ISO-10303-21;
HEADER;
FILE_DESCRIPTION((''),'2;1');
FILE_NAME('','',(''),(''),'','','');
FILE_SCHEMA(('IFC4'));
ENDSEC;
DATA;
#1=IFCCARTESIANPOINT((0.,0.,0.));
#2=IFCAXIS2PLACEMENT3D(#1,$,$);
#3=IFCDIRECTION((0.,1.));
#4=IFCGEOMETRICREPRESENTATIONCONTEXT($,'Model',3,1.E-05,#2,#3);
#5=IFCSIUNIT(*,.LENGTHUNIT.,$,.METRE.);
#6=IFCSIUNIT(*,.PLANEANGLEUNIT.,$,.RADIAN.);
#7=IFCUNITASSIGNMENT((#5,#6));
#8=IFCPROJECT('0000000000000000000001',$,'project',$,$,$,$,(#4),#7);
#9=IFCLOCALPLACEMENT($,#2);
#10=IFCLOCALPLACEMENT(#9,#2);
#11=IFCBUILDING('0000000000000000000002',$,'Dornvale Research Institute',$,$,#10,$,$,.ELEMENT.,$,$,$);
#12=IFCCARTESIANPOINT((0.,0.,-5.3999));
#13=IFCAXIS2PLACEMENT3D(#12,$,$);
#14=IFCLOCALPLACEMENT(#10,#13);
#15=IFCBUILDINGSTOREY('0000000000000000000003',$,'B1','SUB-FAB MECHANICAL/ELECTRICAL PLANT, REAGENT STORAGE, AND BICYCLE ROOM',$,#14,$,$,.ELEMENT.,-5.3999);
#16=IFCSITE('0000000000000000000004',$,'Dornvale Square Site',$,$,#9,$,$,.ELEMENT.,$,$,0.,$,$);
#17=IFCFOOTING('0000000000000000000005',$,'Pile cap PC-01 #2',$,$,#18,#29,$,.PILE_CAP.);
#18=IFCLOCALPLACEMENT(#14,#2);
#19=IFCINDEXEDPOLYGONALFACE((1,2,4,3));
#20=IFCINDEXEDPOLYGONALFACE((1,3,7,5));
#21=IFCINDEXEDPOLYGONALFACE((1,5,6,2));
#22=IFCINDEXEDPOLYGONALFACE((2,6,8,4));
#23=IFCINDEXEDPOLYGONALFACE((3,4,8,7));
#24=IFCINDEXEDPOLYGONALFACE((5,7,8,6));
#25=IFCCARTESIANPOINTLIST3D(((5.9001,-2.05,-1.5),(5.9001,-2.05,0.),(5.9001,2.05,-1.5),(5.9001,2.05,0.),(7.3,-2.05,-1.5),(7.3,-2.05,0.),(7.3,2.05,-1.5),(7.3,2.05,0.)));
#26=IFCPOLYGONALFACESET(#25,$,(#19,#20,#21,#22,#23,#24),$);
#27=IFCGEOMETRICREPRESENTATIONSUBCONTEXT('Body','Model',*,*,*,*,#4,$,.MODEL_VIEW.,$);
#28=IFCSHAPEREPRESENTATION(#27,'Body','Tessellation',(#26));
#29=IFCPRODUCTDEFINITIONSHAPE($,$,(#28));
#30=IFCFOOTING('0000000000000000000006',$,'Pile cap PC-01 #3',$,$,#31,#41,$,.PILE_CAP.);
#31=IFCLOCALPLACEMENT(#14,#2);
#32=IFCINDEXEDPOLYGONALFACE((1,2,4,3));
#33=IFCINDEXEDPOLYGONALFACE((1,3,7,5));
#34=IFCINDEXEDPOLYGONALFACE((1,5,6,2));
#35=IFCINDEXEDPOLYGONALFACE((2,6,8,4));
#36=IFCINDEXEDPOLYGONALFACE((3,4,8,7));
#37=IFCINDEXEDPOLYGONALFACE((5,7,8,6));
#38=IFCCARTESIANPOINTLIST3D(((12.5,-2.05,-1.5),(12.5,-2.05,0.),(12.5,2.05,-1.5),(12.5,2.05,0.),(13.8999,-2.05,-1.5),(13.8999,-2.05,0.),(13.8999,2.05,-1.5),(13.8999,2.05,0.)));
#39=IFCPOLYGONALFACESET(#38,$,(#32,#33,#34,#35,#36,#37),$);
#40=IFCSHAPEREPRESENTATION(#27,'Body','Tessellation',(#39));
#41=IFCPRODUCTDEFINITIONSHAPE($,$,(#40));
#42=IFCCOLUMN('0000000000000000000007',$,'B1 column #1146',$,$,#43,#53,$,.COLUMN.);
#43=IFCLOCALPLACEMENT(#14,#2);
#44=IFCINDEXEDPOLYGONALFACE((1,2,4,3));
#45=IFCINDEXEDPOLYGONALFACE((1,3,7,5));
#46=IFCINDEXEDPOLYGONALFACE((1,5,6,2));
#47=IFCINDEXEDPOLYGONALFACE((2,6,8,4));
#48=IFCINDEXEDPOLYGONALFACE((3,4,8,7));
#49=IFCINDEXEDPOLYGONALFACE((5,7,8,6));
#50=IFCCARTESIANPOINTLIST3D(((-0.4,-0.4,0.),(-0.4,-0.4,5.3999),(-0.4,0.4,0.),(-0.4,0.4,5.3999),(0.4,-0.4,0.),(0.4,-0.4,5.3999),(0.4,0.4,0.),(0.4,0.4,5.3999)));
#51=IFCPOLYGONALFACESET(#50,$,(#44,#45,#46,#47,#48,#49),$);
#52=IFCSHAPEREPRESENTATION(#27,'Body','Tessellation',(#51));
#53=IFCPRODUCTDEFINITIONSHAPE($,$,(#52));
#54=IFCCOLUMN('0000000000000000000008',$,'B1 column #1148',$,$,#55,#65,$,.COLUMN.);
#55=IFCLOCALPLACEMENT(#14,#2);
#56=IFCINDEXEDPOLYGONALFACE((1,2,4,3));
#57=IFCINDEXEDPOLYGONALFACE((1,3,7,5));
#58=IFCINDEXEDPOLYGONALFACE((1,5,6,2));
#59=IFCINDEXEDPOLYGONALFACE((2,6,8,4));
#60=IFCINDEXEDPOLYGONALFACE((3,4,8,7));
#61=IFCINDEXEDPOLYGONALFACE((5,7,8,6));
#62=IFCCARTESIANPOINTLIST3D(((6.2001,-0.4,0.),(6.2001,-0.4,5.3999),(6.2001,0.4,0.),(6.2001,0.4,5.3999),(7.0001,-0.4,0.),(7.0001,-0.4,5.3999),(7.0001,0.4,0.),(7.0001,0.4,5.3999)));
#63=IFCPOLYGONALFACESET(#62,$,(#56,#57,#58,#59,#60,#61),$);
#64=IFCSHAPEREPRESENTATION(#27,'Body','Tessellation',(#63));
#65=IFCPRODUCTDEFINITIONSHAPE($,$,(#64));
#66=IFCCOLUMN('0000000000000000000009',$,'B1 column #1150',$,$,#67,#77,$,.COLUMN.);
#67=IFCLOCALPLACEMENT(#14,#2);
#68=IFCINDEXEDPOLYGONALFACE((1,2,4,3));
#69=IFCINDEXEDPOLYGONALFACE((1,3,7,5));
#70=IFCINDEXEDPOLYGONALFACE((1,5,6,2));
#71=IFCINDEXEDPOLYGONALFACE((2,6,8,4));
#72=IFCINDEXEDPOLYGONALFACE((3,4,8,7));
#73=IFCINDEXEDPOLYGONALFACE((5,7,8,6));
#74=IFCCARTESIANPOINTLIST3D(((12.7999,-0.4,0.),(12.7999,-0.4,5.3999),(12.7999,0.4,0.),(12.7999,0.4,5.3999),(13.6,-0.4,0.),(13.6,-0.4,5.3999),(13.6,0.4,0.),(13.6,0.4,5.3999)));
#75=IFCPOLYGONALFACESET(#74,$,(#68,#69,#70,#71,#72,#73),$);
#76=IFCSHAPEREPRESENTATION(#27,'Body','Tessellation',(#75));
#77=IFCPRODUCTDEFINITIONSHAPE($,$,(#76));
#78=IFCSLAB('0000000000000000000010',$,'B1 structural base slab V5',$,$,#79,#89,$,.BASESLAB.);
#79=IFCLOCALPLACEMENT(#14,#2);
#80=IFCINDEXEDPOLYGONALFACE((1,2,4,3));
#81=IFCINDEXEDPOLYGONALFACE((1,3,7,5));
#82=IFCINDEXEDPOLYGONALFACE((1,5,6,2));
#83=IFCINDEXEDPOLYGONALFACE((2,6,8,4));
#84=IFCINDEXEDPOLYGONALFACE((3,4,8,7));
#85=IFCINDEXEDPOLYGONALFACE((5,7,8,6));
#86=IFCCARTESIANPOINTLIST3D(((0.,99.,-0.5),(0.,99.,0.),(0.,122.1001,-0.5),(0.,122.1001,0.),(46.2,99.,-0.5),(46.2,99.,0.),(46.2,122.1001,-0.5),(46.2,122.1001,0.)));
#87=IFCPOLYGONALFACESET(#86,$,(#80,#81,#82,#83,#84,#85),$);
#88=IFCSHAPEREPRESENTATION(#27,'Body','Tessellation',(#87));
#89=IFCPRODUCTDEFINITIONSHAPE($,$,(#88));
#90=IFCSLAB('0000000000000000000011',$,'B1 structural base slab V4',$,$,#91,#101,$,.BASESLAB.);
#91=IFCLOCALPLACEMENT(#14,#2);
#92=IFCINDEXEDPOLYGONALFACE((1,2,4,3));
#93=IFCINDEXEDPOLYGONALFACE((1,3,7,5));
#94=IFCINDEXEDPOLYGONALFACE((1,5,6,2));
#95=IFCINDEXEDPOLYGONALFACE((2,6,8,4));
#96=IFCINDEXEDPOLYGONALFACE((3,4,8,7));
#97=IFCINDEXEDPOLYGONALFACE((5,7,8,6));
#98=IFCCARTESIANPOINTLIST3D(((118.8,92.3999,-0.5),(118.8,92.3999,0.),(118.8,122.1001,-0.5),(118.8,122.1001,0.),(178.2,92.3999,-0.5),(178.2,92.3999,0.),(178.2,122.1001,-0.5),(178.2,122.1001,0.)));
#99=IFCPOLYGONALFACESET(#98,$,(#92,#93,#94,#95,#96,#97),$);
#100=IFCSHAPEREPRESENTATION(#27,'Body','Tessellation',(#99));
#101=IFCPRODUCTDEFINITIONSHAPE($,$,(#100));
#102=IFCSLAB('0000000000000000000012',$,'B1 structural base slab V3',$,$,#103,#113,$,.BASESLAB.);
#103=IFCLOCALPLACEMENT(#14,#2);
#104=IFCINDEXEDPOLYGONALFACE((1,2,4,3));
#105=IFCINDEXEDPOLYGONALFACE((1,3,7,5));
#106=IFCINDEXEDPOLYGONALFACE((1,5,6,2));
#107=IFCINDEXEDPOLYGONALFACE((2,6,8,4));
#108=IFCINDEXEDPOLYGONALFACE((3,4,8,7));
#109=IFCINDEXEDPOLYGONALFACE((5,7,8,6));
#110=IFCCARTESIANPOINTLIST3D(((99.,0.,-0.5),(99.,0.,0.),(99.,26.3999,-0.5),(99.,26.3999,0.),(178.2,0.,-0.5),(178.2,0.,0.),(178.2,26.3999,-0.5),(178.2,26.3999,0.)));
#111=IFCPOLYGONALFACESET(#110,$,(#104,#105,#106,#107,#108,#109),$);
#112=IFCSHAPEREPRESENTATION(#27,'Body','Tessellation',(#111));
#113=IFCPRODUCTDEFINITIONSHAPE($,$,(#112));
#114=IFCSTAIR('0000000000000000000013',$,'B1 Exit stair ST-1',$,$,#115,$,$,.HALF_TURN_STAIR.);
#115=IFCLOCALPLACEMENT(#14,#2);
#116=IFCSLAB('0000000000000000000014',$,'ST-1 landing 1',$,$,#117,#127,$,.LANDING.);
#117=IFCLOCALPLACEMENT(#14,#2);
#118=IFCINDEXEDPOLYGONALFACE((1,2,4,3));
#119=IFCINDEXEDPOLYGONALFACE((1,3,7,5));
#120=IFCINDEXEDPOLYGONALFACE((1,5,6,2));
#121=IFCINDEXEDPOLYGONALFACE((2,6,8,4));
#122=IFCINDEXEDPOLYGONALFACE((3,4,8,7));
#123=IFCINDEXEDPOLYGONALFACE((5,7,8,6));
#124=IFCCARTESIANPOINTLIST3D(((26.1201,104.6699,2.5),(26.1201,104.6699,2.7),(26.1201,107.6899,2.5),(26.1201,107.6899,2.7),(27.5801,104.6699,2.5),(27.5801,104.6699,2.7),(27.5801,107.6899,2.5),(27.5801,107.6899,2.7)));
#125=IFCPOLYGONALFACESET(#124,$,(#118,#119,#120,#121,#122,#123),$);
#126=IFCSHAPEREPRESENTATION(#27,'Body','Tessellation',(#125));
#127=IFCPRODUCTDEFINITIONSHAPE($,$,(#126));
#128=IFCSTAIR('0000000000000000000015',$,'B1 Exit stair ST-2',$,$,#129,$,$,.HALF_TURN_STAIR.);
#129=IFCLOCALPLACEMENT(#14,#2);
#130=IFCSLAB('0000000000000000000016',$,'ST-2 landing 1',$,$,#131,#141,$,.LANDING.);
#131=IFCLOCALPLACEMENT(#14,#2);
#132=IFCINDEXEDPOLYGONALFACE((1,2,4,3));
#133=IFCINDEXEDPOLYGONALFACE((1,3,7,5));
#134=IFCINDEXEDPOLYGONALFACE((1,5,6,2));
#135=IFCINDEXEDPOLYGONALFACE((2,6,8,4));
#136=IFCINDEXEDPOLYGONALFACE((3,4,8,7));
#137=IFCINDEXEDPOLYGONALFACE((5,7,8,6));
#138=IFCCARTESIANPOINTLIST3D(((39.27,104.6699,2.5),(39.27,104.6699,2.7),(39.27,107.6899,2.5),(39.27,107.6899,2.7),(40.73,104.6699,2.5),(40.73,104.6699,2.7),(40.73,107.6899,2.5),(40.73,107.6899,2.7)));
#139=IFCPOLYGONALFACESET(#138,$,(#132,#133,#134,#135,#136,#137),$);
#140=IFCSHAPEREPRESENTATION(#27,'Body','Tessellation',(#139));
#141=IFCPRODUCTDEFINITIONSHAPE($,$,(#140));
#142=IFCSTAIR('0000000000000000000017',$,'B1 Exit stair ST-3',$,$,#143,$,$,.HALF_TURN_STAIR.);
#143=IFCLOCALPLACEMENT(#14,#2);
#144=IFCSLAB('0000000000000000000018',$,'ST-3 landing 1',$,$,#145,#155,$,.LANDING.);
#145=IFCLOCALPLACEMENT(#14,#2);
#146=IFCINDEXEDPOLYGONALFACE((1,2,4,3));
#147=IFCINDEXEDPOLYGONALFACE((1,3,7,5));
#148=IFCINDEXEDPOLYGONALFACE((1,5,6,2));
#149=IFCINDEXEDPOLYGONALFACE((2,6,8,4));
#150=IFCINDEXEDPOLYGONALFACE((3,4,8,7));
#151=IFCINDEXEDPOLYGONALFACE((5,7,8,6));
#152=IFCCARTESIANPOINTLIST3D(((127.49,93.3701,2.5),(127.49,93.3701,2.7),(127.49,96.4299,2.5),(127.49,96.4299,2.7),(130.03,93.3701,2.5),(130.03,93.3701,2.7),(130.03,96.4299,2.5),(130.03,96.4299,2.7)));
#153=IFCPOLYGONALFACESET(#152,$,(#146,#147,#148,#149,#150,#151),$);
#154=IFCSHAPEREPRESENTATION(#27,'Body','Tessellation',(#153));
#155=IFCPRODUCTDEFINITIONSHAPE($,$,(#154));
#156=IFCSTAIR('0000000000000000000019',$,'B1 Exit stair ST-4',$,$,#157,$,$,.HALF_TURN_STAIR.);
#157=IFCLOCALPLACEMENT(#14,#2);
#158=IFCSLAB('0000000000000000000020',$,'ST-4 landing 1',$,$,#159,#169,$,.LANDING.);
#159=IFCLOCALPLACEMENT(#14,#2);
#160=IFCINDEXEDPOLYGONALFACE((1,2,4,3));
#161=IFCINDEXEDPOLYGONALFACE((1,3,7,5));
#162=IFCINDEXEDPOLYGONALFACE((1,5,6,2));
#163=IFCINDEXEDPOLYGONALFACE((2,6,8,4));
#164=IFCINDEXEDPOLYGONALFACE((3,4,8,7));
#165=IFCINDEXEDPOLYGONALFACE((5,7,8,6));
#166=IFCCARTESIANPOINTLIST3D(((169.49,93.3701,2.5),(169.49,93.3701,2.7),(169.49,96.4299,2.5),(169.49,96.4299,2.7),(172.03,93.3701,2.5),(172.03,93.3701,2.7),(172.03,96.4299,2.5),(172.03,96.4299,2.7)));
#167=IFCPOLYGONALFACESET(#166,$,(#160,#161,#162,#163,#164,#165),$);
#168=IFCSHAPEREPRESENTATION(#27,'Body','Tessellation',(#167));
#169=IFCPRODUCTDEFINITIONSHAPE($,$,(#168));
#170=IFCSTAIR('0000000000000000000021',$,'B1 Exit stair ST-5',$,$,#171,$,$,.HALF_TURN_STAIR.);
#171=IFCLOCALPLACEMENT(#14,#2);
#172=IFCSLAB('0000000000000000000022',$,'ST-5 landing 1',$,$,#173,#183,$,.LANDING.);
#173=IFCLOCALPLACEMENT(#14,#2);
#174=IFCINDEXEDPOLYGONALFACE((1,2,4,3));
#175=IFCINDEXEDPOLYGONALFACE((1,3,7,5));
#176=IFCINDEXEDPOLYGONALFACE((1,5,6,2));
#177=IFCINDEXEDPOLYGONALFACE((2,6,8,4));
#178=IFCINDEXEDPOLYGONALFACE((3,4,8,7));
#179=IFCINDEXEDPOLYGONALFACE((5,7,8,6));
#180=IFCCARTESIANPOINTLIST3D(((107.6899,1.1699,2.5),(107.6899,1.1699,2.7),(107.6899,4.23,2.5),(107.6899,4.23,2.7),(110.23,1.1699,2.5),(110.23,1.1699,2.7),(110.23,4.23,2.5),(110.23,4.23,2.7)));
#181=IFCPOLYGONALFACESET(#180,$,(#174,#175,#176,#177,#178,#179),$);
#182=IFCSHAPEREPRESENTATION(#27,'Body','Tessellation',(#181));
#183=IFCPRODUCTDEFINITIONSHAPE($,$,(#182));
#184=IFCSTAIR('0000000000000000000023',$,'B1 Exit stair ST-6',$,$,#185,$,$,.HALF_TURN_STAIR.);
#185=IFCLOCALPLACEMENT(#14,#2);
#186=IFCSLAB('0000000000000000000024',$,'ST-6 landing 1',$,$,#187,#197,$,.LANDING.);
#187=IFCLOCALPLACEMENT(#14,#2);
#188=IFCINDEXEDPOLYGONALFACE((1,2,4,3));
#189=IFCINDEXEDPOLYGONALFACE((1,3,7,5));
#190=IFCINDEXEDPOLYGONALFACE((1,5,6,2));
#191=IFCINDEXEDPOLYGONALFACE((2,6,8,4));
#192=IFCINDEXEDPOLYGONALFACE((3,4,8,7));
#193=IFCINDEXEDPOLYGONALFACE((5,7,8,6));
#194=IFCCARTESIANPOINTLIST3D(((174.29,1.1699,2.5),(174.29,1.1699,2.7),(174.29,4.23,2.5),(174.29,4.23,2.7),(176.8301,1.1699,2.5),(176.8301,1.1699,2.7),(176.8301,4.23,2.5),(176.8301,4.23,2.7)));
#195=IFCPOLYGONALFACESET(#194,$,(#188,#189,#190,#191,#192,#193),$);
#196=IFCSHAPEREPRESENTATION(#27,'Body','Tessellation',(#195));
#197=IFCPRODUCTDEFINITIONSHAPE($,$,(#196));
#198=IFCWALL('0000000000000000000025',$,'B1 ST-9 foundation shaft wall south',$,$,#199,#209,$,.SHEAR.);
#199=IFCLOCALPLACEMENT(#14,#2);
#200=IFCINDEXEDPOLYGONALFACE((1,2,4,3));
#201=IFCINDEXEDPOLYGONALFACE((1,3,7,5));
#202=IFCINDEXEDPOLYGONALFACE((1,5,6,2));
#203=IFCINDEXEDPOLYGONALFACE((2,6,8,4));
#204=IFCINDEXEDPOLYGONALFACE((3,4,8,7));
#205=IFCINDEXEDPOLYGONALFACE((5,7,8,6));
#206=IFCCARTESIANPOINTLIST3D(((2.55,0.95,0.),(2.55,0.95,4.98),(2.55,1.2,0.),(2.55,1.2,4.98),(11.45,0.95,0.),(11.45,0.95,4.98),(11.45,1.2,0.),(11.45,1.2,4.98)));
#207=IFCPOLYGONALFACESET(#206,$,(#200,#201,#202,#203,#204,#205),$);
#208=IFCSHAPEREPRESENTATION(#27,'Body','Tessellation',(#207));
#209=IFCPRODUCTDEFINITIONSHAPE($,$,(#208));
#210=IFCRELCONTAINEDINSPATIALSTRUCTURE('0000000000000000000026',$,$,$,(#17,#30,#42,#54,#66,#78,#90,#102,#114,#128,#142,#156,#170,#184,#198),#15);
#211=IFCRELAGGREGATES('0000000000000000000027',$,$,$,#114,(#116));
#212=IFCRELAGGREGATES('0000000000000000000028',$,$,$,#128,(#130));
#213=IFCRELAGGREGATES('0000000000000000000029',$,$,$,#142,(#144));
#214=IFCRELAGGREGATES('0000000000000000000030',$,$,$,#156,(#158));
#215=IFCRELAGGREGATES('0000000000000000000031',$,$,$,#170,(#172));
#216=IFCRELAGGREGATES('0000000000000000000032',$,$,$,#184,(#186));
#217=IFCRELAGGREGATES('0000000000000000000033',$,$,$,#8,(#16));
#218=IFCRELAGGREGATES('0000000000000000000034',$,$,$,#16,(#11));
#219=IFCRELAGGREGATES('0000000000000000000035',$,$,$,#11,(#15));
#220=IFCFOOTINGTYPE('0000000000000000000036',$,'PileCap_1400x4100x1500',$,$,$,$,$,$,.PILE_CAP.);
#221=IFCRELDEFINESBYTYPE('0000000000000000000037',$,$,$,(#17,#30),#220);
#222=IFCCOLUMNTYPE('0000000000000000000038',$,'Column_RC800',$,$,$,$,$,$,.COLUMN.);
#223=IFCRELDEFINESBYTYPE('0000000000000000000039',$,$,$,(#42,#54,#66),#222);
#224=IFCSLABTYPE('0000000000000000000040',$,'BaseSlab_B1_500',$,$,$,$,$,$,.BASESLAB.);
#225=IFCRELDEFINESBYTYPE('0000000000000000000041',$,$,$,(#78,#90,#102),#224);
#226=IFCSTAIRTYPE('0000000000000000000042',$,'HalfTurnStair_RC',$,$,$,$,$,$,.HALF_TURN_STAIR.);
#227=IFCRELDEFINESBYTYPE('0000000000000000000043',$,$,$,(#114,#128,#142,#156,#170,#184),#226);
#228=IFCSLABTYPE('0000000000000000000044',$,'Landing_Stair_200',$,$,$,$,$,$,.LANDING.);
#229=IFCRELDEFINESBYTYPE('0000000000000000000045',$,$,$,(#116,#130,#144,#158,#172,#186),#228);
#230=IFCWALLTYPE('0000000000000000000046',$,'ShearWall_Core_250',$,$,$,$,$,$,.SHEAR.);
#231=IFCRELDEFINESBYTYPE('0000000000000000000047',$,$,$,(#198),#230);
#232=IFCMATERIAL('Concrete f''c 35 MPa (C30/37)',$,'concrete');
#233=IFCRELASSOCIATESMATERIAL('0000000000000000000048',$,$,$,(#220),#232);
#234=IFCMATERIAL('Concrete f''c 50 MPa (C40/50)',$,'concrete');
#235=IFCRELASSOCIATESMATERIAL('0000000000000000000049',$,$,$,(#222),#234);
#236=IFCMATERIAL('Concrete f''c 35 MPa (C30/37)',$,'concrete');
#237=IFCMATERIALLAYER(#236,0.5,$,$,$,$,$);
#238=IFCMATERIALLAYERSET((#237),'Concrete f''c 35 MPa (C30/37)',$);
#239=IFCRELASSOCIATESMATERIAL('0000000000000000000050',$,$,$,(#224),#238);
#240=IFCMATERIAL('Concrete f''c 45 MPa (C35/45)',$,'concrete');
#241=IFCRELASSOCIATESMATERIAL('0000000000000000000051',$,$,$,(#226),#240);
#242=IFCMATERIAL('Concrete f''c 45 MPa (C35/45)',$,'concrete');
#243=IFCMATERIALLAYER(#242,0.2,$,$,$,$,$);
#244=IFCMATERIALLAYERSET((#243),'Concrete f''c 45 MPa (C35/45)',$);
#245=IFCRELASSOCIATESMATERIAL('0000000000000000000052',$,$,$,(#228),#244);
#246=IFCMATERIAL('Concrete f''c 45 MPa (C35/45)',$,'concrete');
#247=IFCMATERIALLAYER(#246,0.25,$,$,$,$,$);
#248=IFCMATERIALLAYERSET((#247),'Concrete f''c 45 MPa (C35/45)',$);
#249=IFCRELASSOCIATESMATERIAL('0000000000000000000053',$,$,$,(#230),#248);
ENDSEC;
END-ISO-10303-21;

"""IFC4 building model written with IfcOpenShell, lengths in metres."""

from ifc_helpers import new_model, si_unit, direction, frame, frame_2d, origin, origin_2d, place, context, subcontext, project, spatial, polyline, rectangle, outline, extrude, material, layer, layer_set, material_profile, profile_set, type_object, element, aggregate, save


model = new_model("IFC4")

# Units and contexts
model_context = context("Model", 3, precision=1e-05, world=origin(), true_north=direction((0.0, 1.0)))
body_context = subcontext(model_context, "Body", "Model", "MODEL_VIEW")
ifc_project = project(units=[si_unit("LENGTHUNIT", "METRE"), si_unit("PLANEANGLEUNIT", "RADIAN")], contexts=[model_context])

# Site, building, storey
site_placement = place(None, origin())
site = spatial("IfcSite", under=ifc_project, at=site_placement, Name="Dornvale Square Site", CompositionType="ELEMENT", RefElevation=0.0)
building_placement = place(site_placement, origin())
building = spatial("IfcBuilding", under=site, at=building_placement, Name="Dornvale Research Institute", CompositionType="ELEMENT")
storey_placement = place(building_placement, frame((0.0, 0.0, -5.3999)))
storey = spatial("IfcBuildingStorey", under=building, at=storey_placement, Name="B1", Description="SUB-FAB MECHANICAL/ELECTRICAL PLANT, REAGENT STORAGE, AND BICYCLE ROOM", CompositionType="ELEMENT", Elevation=-5.3999)

# Footings
ifc_material_1 = material(Name="Concrete f'c 35 MPa (C30/37)", Category="concrete")
footing_type_1 = type_object("IfcFootingType", Name="PileCap_1400x4100x1500", PredefinedType="PILE_CAP", material=ifc_material_1)
for number, where, z_axis, x_axis, name in (
    (1, (6.6001, 0.0, -1.5), (0.0, 0.0, 1.0), (1.0, 0.0, 0.0), "Pile cap PC-01 #2"),
    (2, (13.2, 0.0, -1.5), (0.0, 0.0, 1.0), (1.0, 0.0, 0.0), "Pile cap PC-01 #3"),
):
    element("IfcFooting", number, at=place(storey_placement, frame(where, z_axis=z_axis, x_axis=x_axis)), inside=storey, type_object=footing_type_1, Name=name, PredefinedType="PILE_CAP", context=body_context, shape_type="SweptSolid", body=[
        extrude(rectangle(XDim=1.3999, YDim=4.1001, at=origin_2d()), origin(), (0.0, 0.0, 1.0), 1.5),
    ])

# Columns
ifc_material_2 = material(Name="Concrete f'c 50 MPa (C40/50)", Category="concrete")
ifc_material_profile_1 = material_profile(ifc_material_2, rectangle(XDim=0.8, YDim=0.8, at=origin_2d()), Name="RC 800x800")
ifc_profile_set_1 = profile_set([ifc_material_profile_1], Name="Concrete f'c 50 MPa (C40/50)")
column_type = type_object("IfcColumnType", Name="Column_RC800", PredefinedType="COLUMN", material=ifc_profile_set_1)
for number, where, z_axis, x_axis, name in (
    (3, (0.0, 0.0, 0.0), (0.0, 0.0, 1.0), (1.0, 0.0, 0.0), "B1 column #1146"),
    (4, (6.6001, 0.0, 0.0), (0.0, 0.0, 1.0), (1.0, 0.0, 0.0), "B1 column #1148"),
    (5, (13.2, 0.0, 0.0), (0.0, 0.0, 1.0), (1.0, 0.0, 0.0), "B1 column #1150"),
):
    element("IfcColumn", number, at=place(storey_placement, frame(where, z_axis=z_axis, x_axis=x_axis)), inside=storey, type_object=column_type, Name=name, PredefinedType="COLUMN", context=body_context, shape_type="SweptSolid", body=[
        extrude(rectangle(XDim=0.8, YDim=0.8, at=origin_2d()), origin(), (0.0, 0.0, 1.0), 5.3999),
    ])

# Slabs
ifc_material_3 = material(Name="Concrete f'c 35 MPa (C30/37)", Category="concrete")
ifc_layer_1 = layer(ifc_material_3, 0.5)
ifc_layer_set_1 = layer_set([ifc_layer_1], Name="Concrete f'c 35 MPa (C30/37)")
slab_type_1 = type_object("IfcSlabType", Name="BaseSlab_B1_500", PredefinedType="BASESLAB", material=ifc_layer_set_1)
slab_1_placement = place(storey_placement, frame((0.0, 0.0, -0.5)))
element("IfcSlab", 6, at=slab_1_placement, inside=storey, type_object=slab_type_1, Name="B1 structural base slab V5", PredefinedType="BASESLAB", context=body_context, shape_type="SweptSolid", body=[
    extrude(outline(polyline([(0.0, 99.0), (46.2, 99.0), (46.2, 122.1001), (0.0, 122.1001), (0.0, 99.0)])), origin(), (0.0, 0.0, 1.0), 0.5),
])
slab_2_placement = place(storey_placement, frame((0.0, 0.0, -0.5)))
element("IfcSlab", 7, at=slab_2_placement, inside=storey, type_object=slab_type_1, Name="B1 structural base slab V4", PredefinedType="BASESLAB", context=body_context, shape_type="SweptSolid", body=[
    extrude(outline(polyline([(118.8, 92.3999), (178.2, 92.3999), (178.2, 122.1001), (118.8, 122.1001), (118.8, 92.3999)])), origin(), (0.0, 0.0, 1.0), 0.5),
])
slab_3_placement = place(storey_placement, frame((0.0, 0.0, -0.5)))
element("IfcSlab", 8, at=slab_3_placement, inside=storey, type_object=slab_type_1, Name="B1 structural base slab V3", PredefinedType="BASESLAB", context=body_context, shape_type="SweptSolid", body=[
    extrude(outline(polyline([(99.0, 0.0), (178.2, 0.0), (178.2, 26.3999), (99.0, 26.3999), (99.0, 0.0)])), origin(), (0.0, 0.0, 1.0), 0.5),
])

# Stairs, slabs
ifc_material_4 = material(Name="Concrete f'c 45 MPa (C35/45)", Category="concrete")
stair_type = type_object("IfcStairType", Name="HalfTurnStair_RC", PredefinedType="HALF_TURN_STAIR", material=ifc_material_4)
stair_1_placement = place(storey_placement, origin())
stair_1 = element("IfcStair", 9, at=stair_1_placement, inside=storey, type_object=stair_type, Name="B1 Exit stair ST-1", PredefinedType="HALF_TURN_STAIR")
ifc_material_5 = material(Name="Concrete f'c 45 MPa (C35/45)", Category="concrete")
ifc_layer_2 = layer(ifc_material_5, 0.2)
ifc_layer_set_2 = layer_set([ifc_layer_2], Name="Concrete f'c 45 MPa (C35/45)")
slab_type_2 = type_object("IfcSlabType", Name="Landing_Stair_200", PredefinedType="LANDING", material=ifc_layer_set_2)
slab_4_placement = place(storey_placement, frame((0.0, 0.0, 2.5)))
slab_4 = element("IfcSlab", 10, at=slab_4_placement, type_object=slab_type_2, Name="ST-1 landing 1", PredefinedType="LANDING", context=body_context, shape_type="SweptSolid", body=[
    extrude(outline(polyline([(26.1201, 104.6699), (26.1201, 107.6899), (27.5801, 107.6899), (27.5801, 104.6699), (26.1201, 104.6699)])), origin(), (0.0, 0.0, 1.0), 0.2),
])
aggregate(stair_1, [slab_4])
stair_2_placement = place(storey_placement, origin())
stair_2 = element("IfcStair", 11, at=stair_2_placement, inside=storey, type_object=stair_type, Name="B1 Exit stair ST-2", PredefinedType="HALF_TURN_STAIR")
slab_5_placement = place(storey_placement, frame((0.0, 0.0, 2.5)))
slab_5 = element("IfcSlab", 12, at=slab_5_placement, type_object=slab_type_2, Name="ST-2 landing 1", PredefinedType="LANDING", context=body_context, shape_type="SweptSolid", body=[
    extrude(outline(polyline([(39.27, 104.6699), (39.27, 107.6899), (40.73, 107.6899), (40.73, 104.6699), (39.27, 104.6699)])), origin(), (0.0, 0.0, 1.0), 0.2),
])
aggregate(stair_2, [slab_5])
stair_3_placement = place(storey_placement, origin())
stair_3 = element("IfcStair", 13, at=stair_3_placement, inside=storey, type_object=stair_type, Name="B1 Exit stair ST-3", PredefinedType="HALF_TURN_STAIR")
slab_6_placement = place(storey_placement, frame((0.0, 0.0, 2.5)))
slab_6 = element("IfcSlab", 14, at=slab_6_placement, type_object=slab_type_2, Name="ST-3 landing 1", PredefinedType="LANDING", context=body_context, shape_type="SweptSolid", body=[
    extrude(outline(polyline([(127.49, 93.3701), (127.49, 96.4299), (130.03, 96.4299), (130.03, 93.3701), (127.49, 93.3701)])), origin(), (0.0, 0.0, 1.0), 0.2),
])
aggregate(stair_3, [slab_6])
stair_4_placement = place(storey_placement, origin())
stair_4 = element("IfcStair", 15, at=stair_4_placement, inside=storey, type_object=stair_type, Name="B1 Exit stair ST-4", PredefinedType="HALF_TURN_STAIR")
slab_7_placement = place(storey_placement, frame((0.0, 0.0, 2.5)))
slab_7 = element("IfcSlab", 16, at=slab_7_placement, type_object=slab_type_2, Name="ST-4 landing 1", PredefinedType="LANDING", context=body_context, shape_type="SweptSolid", body=[
    extrude(outline(polyline([(169.49, 93.3701), (169.49, 96.4299), (172.03, 96.4299), (172.03, 93.3701), (169.49, 93.3701)])), origin(), (0.0, 0.0, 1.0), 0.2),
])
aggregate(stair_4, [slab_7])
stair_5_placement = place(storey_placement, origin())
stair_5 = element("IfcStair", 17, at=stair_5_placement, inside=storey, type_object=stair_type, Name="B1 Exit stair ST-5", PredefinedType="HALF_TURN_STAIR")
slab_8_placement = place(storey_placement, frame((0.0, 0.0, 2.5)))
slab_8 = element("IfcSlab", 18, at=slab_8_placement, type_object=slab_type_2, Name="ST-5 landing 1", PredefinedType="LANDING", context=body_context, shape_type="SweptSolid", body=[
    extrude(outline(polyline([(107.6899, 1.1699), (107.6899, 4.23), (110.23, 4.23), (110.23, 1.1699), (107.6899, 1.1699)])), origin(), (0.0, 0.0, 1.0), 0.2),
])
aggregate(stair_5, [slab_8])
stair_6_placement = place(storey_placement, origin())
stair_6 = element("IfcStair", 19, at=stair_6_placement, inside=storey, type_object=stair_type, Name="B1 Exit stair ST-6", PredefinedType="HALF_TURN_STAIR")
slab_9_placement = place(storey_placement, frame((0.0, 0.0, 2.5)))
slab_9 = element("IfcSlab", 20, at=slab_9_placement, type_object=slab_type_2, Name="ST-6 landing 1", PredefinedType="LANDING", context=body_context, shape_type="SweptSolid", body=[
    extrude(outline(polyline([(174.29, 1.1699), (174.29, 4.23), (176.8301, 4.23), (176.8301, 1.1699), (174.29, 1.1699)])), origin(), (0.0, 0.0, 1.0), 0.2),
])
aggregate(stair_6, [slab_9])

# Wall
ifc_material_6 = material(Name="Concrete f'c 45 MPa (C35/45)", Category="concrete")
ifc_layer_3 = layer(ifc_material_6, 0.25)
ifc_layer_set_3 = layer_set([ifc_layer_3], Name="Concrete f'c 45 MPa (C35/45)")
wall_type = type_object("IfcWallType", Name="ShearWall_Core_250", PredefinedType="SHEAR", material=ifc_layer_set_3)
wall_placement = place(storey_placement, frame((2.55, 1.075, 0.0), z_axis=(0.0, 0.0, 1.0), x_axis=(1.0, 0.0, 0.0)))
element("IfcWall", 21, at=wall_placement, inside=storey, type_object=wall_type, Name="B1 ST-9 foundation shaft wall south", PredefinedType="SHEAR", context=body_context, shape_type="SweptSolid", body=[
    extrude(rectangle(XDim=8.8999, YDim=0.25, at=frame_2d((4.45, 0.0))), origin(), (0.0, 0.0, 1.0), 4.98),
])

save(model, "model.ifc")
